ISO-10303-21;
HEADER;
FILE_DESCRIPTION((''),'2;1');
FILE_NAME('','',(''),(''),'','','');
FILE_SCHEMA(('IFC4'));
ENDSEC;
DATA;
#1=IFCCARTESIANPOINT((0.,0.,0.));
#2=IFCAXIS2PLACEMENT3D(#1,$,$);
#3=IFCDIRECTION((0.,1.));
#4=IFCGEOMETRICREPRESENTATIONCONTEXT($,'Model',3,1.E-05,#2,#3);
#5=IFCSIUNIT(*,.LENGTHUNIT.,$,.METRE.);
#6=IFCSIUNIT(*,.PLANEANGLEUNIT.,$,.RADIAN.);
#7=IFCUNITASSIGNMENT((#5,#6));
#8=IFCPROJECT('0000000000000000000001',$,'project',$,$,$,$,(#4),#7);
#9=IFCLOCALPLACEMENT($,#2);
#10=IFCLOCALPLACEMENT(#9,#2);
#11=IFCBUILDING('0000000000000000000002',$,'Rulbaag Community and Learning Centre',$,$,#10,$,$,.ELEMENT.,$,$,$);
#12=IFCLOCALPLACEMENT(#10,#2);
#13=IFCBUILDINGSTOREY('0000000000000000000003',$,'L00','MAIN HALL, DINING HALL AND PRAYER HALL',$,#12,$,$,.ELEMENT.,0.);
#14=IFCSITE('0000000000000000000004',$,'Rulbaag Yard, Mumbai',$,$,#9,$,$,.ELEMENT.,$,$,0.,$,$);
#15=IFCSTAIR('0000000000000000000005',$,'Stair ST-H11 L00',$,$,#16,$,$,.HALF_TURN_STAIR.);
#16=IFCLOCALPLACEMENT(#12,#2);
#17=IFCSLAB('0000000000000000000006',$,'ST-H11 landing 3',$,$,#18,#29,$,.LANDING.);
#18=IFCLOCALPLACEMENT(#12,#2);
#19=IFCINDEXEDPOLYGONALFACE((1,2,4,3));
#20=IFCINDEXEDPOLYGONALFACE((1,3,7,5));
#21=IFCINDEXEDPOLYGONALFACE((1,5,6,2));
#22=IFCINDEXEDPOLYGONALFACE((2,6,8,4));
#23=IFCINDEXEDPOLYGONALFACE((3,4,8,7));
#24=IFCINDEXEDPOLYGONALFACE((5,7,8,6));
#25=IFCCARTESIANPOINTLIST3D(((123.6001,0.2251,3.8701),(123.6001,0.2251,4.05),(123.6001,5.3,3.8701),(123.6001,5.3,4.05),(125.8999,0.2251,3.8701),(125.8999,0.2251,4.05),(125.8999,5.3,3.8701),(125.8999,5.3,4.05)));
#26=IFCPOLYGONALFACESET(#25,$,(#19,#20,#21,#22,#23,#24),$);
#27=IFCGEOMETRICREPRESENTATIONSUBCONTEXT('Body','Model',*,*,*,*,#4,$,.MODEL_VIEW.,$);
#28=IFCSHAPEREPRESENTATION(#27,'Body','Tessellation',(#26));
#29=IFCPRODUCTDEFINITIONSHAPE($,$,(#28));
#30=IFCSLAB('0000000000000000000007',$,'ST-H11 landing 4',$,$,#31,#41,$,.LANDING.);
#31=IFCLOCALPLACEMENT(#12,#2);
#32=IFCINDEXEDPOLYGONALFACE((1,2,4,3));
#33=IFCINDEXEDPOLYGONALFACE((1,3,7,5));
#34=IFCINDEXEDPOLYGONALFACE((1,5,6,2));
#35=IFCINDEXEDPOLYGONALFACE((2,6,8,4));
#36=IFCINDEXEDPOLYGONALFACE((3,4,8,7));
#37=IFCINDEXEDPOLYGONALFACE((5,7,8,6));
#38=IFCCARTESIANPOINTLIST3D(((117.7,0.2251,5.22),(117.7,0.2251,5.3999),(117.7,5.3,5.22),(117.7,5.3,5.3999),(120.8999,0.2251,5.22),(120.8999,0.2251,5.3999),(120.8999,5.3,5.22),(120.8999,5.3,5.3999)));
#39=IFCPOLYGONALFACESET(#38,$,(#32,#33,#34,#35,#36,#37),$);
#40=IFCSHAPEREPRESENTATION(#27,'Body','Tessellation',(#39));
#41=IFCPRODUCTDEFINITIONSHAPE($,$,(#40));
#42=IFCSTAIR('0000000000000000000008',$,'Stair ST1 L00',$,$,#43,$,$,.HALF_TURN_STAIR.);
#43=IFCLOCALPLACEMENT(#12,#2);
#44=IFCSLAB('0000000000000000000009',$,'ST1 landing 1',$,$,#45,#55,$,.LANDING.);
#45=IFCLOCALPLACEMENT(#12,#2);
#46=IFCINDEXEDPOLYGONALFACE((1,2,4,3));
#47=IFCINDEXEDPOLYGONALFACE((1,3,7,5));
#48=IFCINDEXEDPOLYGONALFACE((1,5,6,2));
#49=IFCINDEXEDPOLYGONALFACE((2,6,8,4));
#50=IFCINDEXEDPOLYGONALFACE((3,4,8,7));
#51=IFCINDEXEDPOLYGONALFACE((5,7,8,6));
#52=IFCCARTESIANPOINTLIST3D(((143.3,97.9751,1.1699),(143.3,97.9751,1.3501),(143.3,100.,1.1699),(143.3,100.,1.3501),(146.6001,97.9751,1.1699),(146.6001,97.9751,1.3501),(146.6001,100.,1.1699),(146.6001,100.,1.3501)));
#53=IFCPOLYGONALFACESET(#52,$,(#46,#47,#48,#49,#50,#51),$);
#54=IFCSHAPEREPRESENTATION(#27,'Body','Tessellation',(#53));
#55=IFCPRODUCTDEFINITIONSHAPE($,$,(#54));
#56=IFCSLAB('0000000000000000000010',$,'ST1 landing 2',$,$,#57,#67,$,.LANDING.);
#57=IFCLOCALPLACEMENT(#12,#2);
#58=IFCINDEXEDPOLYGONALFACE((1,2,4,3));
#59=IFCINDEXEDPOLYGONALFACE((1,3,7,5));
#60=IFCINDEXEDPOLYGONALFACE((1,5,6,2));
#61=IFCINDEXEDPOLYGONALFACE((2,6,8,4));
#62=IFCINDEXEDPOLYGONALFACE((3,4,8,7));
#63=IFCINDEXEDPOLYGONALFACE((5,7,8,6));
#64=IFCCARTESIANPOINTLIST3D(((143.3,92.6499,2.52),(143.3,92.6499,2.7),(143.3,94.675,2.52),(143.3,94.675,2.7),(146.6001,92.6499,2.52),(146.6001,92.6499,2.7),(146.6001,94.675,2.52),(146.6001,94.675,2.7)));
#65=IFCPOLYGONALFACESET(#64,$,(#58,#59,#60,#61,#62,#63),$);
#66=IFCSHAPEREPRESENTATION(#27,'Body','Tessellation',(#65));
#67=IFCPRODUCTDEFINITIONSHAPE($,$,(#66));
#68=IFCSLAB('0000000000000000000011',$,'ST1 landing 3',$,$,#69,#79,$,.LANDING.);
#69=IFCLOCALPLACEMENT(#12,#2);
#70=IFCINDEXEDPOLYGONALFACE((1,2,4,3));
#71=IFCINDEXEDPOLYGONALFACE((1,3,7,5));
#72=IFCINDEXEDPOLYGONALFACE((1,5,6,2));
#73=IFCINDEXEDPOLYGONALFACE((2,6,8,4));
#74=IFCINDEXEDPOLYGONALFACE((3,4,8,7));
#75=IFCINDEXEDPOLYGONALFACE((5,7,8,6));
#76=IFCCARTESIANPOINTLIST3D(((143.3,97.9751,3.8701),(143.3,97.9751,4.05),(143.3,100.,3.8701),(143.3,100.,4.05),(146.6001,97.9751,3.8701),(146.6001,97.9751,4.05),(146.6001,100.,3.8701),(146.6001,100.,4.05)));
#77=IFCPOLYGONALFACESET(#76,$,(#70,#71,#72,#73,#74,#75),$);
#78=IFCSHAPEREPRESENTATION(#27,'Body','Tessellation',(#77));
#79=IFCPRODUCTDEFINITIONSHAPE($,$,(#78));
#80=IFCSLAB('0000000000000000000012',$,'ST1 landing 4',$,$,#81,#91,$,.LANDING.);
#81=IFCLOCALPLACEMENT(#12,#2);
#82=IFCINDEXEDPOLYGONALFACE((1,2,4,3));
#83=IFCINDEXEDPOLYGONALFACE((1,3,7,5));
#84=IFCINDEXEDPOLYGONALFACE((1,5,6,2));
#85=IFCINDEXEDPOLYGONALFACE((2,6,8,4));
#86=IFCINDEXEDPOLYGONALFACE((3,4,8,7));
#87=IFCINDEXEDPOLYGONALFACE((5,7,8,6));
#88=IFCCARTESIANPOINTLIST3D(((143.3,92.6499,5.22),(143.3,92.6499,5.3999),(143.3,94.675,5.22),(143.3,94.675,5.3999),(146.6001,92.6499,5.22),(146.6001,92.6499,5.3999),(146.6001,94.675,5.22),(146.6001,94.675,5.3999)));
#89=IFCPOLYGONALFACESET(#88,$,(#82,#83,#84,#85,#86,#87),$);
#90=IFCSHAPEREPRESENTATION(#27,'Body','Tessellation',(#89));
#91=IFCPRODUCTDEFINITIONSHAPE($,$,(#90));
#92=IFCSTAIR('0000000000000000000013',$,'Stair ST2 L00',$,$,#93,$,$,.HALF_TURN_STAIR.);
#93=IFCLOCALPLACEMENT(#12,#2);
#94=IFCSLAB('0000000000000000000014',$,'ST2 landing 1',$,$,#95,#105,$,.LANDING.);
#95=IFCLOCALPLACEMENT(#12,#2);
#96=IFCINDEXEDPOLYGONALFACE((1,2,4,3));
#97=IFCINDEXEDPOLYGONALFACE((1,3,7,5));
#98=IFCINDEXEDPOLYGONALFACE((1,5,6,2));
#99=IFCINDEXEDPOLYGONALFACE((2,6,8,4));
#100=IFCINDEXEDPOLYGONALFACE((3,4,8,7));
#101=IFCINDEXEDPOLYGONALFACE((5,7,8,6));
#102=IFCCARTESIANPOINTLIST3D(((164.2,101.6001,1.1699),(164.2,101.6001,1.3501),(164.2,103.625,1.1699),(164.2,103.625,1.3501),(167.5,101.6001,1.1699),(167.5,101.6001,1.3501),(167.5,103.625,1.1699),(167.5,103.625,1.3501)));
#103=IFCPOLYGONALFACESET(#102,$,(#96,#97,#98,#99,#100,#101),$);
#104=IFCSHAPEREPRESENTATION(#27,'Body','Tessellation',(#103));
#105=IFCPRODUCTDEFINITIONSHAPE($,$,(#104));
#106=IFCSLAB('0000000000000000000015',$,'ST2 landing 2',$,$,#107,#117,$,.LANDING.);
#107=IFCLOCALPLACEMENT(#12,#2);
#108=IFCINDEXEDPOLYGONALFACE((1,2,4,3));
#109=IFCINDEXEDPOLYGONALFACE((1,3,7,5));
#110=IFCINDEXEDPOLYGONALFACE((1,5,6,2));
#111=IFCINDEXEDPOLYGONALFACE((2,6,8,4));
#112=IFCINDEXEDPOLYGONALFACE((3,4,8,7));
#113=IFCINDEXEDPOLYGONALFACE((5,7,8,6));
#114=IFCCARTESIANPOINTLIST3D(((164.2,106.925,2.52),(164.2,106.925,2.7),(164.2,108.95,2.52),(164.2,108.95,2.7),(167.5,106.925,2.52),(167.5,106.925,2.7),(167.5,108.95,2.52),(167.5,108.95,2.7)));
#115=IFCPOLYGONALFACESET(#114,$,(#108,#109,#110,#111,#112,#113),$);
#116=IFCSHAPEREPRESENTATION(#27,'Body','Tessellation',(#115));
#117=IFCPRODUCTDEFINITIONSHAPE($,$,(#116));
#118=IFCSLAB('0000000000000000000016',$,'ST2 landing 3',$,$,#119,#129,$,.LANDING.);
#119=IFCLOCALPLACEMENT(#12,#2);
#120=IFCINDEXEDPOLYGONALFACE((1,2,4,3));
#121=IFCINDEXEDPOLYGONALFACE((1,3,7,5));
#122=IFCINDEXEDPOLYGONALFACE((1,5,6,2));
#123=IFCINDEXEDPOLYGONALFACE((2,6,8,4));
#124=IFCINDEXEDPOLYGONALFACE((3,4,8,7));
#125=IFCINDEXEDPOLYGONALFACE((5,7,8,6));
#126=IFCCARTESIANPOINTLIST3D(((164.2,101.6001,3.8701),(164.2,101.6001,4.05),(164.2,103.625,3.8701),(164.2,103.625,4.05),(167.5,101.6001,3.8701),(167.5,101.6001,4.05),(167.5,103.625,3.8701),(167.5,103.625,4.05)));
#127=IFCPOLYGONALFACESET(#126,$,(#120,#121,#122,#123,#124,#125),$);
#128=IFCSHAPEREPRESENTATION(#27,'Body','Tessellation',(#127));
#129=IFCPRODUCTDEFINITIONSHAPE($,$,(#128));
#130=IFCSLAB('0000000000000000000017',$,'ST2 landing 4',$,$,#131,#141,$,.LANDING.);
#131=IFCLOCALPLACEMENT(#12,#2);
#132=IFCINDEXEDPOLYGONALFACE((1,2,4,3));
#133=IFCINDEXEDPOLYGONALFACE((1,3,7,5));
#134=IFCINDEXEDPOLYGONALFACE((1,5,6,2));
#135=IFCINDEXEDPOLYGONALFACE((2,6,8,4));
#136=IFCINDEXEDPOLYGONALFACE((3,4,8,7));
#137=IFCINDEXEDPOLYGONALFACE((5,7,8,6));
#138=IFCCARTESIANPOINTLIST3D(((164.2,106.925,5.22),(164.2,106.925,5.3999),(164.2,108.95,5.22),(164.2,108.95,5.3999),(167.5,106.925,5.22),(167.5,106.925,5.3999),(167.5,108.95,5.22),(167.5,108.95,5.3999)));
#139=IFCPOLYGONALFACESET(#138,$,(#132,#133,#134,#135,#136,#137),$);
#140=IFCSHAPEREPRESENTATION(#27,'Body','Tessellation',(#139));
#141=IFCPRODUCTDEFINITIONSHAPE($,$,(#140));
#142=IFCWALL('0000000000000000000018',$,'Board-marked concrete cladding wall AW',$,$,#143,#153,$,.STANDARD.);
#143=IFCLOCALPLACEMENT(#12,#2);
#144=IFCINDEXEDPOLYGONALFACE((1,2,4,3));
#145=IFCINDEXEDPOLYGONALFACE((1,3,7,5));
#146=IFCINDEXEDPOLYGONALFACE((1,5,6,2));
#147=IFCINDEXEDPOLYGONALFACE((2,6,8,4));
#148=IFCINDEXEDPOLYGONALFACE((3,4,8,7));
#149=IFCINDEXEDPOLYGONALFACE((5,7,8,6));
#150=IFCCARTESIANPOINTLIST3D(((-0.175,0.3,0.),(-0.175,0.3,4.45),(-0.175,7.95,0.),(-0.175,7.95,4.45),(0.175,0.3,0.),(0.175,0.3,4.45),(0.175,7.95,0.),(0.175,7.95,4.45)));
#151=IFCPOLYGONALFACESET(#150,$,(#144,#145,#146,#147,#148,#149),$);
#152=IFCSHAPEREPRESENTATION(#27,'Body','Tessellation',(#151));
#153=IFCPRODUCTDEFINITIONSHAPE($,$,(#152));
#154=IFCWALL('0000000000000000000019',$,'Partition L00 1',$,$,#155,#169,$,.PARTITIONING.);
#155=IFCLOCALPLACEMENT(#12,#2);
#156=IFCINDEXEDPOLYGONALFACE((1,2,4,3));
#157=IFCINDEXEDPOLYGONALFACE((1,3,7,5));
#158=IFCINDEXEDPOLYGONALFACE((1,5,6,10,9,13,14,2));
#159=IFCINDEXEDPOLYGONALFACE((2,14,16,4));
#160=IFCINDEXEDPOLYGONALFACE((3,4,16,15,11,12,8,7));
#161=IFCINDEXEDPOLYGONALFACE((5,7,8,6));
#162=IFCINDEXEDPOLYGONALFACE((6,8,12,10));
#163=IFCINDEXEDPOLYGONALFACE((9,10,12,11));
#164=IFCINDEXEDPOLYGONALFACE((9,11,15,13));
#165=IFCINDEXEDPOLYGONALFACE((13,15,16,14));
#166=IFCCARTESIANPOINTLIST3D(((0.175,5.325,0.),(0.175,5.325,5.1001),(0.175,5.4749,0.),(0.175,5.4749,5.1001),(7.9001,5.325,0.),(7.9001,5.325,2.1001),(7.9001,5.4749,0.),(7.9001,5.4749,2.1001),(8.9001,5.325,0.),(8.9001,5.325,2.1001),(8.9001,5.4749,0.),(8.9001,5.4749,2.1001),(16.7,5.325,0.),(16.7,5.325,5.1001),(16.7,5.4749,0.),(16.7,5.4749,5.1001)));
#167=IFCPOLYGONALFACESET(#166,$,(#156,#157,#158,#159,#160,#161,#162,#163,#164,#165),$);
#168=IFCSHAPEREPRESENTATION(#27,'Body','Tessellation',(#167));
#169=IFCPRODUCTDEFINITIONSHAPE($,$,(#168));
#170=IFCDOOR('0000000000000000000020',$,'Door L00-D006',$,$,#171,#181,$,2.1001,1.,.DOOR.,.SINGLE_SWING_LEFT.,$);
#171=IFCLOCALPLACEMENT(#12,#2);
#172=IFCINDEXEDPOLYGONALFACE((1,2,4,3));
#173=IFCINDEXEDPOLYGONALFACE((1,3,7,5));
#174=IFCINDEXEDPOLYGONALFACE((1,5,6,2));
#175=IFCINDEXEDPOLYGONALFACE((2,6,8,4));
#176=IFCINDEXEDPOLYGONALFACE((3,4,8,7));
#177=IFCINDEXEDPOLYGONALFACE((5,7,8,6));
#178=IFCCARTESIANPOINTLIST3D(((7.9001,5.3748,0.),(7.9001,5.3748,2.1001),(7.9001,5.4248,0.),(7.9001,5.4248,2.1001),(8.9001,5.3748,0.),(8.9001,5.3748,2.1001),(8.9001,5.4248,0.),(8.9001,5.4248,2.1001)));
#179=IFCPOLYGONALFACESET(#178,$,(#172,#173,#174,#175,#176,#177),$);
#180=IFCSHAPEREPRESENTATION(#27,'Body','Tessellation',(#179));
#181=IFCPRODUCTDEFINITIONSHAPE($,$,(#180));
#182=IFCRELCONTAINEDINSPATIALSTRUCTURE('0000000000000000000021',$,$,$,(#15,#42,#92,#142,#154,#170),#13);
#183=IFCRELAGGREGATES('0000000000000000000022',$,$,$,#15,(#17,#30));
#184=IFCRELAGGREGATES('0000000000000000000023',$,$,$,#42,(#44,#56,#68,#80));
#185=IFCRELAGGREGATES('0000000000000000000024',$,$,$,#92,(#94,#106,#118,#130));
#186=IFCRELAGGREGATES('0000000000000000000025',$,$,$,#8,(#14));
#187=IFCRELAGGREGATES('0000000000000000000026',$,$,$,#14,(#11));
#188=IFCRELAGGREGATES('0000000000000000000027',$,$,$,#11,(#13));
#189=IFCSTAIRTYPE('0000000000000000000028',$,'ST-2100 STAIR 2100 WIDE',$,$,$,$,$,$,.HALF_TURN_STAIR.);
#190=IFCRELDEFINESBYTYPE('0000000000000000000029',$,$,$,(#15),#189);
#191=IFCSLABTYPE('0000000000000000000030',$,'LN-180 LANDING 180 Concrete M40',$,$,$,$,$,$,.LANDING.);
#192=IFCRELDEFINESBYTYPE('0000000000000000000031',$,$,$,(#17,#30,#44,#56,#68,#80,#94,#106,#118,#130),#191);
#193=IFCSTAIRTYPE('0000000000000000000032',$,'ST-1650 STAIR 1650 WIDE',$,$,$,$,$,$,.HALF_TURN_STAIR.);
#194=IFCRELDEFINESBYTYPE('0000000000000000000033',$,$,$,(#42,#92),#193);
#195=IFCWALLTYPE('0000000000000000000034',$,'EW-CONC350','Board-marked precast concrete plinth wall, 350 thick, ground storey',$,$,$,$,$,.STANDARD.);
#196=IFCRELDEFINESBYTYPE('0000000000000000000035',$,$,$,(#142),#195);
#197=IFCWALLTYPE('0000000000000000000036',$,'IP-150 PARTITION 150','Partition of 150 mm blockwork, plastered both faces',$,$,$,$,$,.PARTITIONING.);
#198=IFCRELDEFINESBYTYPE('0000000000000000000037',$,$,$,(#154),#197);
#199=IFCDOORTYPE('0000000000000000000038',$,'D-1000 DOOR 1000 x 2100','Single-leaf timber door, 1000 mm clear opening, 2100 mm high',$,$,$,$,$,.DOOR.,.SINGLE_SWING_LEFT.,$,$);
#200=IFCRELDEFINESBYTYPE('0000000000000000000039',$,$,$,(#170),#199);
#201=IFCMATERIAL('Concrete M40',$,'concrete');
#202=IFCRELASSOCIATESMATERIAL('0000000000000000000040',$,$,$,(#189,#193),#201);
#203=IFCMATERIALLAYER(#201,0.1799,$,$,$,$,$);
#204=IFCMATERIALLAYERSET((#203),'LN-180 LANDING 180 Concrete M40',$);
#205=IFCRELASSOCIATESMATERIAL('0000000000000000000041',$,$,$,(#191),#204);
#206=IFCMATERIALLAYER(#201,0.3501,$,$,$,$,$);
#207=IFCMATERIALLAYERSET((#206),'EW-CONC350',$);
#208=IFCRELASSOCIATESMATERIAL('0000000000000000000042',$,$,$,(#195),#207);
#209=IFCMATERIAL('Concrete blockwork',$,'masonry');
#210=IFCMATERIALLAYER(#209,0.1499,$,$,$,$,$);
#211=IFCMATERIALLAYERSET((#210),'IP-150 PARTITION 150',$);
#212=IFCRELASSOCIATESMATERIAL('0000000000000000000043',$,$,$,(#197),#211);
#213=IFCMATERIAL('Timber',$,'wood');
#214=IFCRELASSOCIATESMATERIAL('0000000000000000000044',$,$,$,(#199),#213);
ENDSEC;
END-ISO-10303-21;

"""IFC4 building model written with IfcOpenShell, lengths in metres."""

from ifc_helpers import new_model, si_unit, direction, frame, frame_2d, origin, place, context, subcontext, project, spatial, polyline, rectangle, outline, extrude, material, layer, layer_set, type_object, element, fill, aggregate, save


model = new_model("IFC4")

# Units and contexts
model_context = context("Model", 3, precision=1e-05, world=origin(), true_north=direction((0.0, 1.0)))
body_context = subcontext(model_context, "Body", "Model", "MODEL_VIEW")
ifc_project = project(units=[si_unit("LENGTHUNIT", "METRE"), si_unit("PLANEANGLEUNIT", "RADIAN")], contexts=[model_context])

# Site, building, storey
site_placement = place(None, origin())
site = spatial("IfcSite", under=ifc_project, at=site_placement, Name="Rulbaag Yard, Mumbai", CompositionType="ELEMENT", RefElevation=0.0)
building_placement = place(site_placement, origin())
building = spatial("IfcBuilding", under=site, at=building_placement, Name="Rulbaag Community and Learning Centre", CompositionType="ELEMENT")
storey_placement = place(building_placement, origin())
storey = spatial("IfcBuildingStorey", under=building, at=storey_placement, Name="L00", Description="MAIN HALL, DINING HALL AND PRAYER HALL", CompositionType="ELEMENT", Elevation=0.0)

# Stairs, slabs
ifc_material_1 = material(Name="Concrete M40", Category="concrete")
stair_type_1 = type_object("IfcStairType", Name="ST-2100 STAIR 2100 WIDE", PredefinedType="HALF_TURN_STAIR", material=ifc_material_1)
stair_1_placement = place(storey_placement, origin())
stair_1 = element("IfcStair", 1, at=stair_1_placement, inside=storey, type_object=stair_type_1, Name="Stair ST-H11 L00", PredefinedType="HALF_TURN_STAIR")
ifc_layer_1 = layer(ifc_material_1, 0.1799)
ifc_layer_set_1 = layer_set([ifc_layer_1], Name="LN-180 LANDING 180 Concrete M40")
slab_type = type_object("IfcSlabType", Name="LN-180 LANDING 180 Concrete M40", PredefinedType="LANDING", material=ifc_layer_set_1)
slab_1_placement = place(storey_placement, frame((0.0, 0.0, 3.8701)))
slab_1 = element("IfcSlab", 2, at=slab_1_placement, type_object=slab_type, Name="ST-H11 landing 3", PredefinedType="LANDING", context=body_context, shape_type="SweptSolid", body=[
    extrude(outline(polyline([(123.6001, 0.2251), (125.8999, 0.2251), (125.8999, 5.3), (123.6001, 5.3), (123.6001, 0.2251)])), origin(), (0.0, 0.0, 1.0), 0.1799),
])
slab_2_placement = place(storey_placement, frame((0.0, 0.0, 5.22)))
slab_2 = element("IfcSlab", 3, at=slab_2_placement, type_object=slab_type, Name="ST-H11 landing 4", PredefinedType="LANDING", context=body_context, shape_type="SweptSolid", body=[
    extrude(outline(polyline([(117.7, 0.2251), (120.8999, 0.2251), (120.8999, 5.3), (117.7, 5.3), (117.7, 0.2251)])), origin(), (0.0, 0.0, 1.0), 0.1799),
])
aggregate(stair_1, [slab_1, slab_2])
stair_type_2 = type_object("IfcStairType", Name="ST-1650 STAIR 1650 WIDE", PredefinedType="HALF_TURN_STAIR", material=ifc_material_1)
stair_2_placement = place(storey_placement, origin())
stair_2 = element("IfcStair", 4, at=stair_2_placement, inside=storey, type_object=stair_type_2, Name="Stair ST1 L00", PredefinedType="HALF_TURN_STAIR")
slab_3_placement = place(storey_placement, frame((0.0, 0.0, 1.1699)))
slab_3 = element("IfcSlab", 5, at=slab_3_placement, type_object=slab_type, Name="ST1 landing 1", PredefinedType="LANDING", context=body_context, shape_type="SweptSolid", body=[
    extrude(outline(polyline([(143.3, 97.9751), (143.3, 100.0), (146.6001, 100.0), (146.6001, 97.9751), (143.3, 97.9751)])), origin(), (0.0, 0.0, 1.0), 0.1802),
])
slab_4_placement = place(storey_placement, frame((0.0, 0.0, 2.52)))
slab_4 = element("IfcSlab", 6, at=slab_4_placement, type_object=slab_type, Name="ST1 landing 2", PredefinedType="LANDING", context=body_context, shape_type="SweptSolid", body=[
    extrude(outline(polyline([(143.3, 92.6499), (143.3, 94.675), (146.6001, 94.675), (146.6001, 92.6499), (143.3, 92.6499)])), origin(), (0.0, 0.0, 1.0), 0.1799),
])
slab_5_placement = place(storey_placement, frame((0.0, 0.0, 3.8701)))
slab_5 = element("IfcSlab", 7, at=slab_5_placement, type_object=slab_type, Name="ST1 landing 3", PredefinedType="LANDING", context=body_context, shape_type="SweptSolid", body=[
    extrude(outline(polyline([(143.3, 97.9751), (143.3, 100.0), (146.6001, 100.0), (146.6001, 97.9751), (143.3, 97.9751)])), origin(), (0.0, 0.0, 1.0), 0.1799),
])
slab_6_placement = place(storey_placement, frame((0.0, 0.0, 5.22)))
slab_6 = element("IfcSlab", 8, at=slab_6_placement, type_object=slab_type, Name="ST1 landing 4", PredefinedType="LANDING", context=body_context, shape_type="SweptSolid", body=[
    extrude(outline(polyline([(143.3, 92.6499), (143.3, 94.675), (146.6001, 94.675), (146.6001, 92.6499), (143.3, 92.6499)])), origin(), (0.0, 0.0, 1.0), 0.1799),
])
aggregate(stair_2, [slab_3, slab_4, slab_5, slab_6])
stair_3_placement = place(storey_placement, origin())
stair_3 = element("IfcStair", 9, at=stair_3_placement, inside=storey, type_object=stair_type_2, Name="Stair ST2 L00", PredefinedType="HALF_TURN_STAIR")
slab_7_placement = place(storey_placement, frame((0.0, 0.0, 1.1699)))
slab_7 = element("IfcSlab", 10, at=slab_7_placement, type_object=slab_type, Name="ST2 landing 1", PredefinedType="LANDING", context=body_context, shape_type="SweptSolid", body=[
    extrude(outline(polyline([(164.2, 101.6001), (164.2, 103.625), (167.5, 103.625), (167.5, 101.6001), (164.2, 101.6001)])), origin(), (0.0, 0.0, 1.0), 0.1802),
])
slab_8_placement = place(storey_placement, frame((0.0, 0.0, 2.52)))
slab_8 = element("IfcSlab", 11, at=slab_8_placement, type_object=slab_type, Name="ST2 landing 2", PredefinedType="LANDING", context=body_context, shape_type="SweptSolid", body=[
    extrude(outline(polyline([(164.2, 106.925), (164.2, 108.95), (167.5, 108.95), (167.5, 106.925), (164.2, 106.925)])), origin(), (0.0, 0.0, 1.0), 0.1799),
])
slab_9_placement = place(storey_placement, frame((0.0, 0.0, 3.8701)))
slab_9 = element("IfcSlab", 12, at=slab_9_placement, type_object=slab_type, Name="ST2 landing 3", PredefinedType="LANDING", context=body_context, shape_type="SweptSolid", body=[
    extrude(outline(polyline([(164.2, 101.6001), (164.2, 103.625), (167.5, 103.625), (167.5, 101.6001), (164.2, 101.6001)])), origin(), (0.0, 0.0, 1.0), 0.1799),
])
slab_10_placement = place(storey_placement, frame((0.0, 0.0, 5.22)))
slab_10 = element("IfcSlab", 13, at=slab_10_placement, type_object=slab_type, Name="ST2 landing 4", PredefinedType="LANDING", context=body_context, shape_type="SweptSolid", body=[
    extrude(outline(polyline([(164.2, 106.925), (164.2, 108.95), (167.5, 108.95), (167.5, 106.925), (164.2, 106.925)])), origin(), (0.0, 0.0, 1.0), 0.1799),
])
aggregate(stair_3, [slab_7, slab_8, slab_9, slab_10])

# Wall
ifc_layer_2 = layer(ifc_material_1, 0.3501)
ifc_layer_set_2 = layer_set([ifc_layer_2], Name="EW-CONC350")
wall_type_1 = type_object("IfcWallType", Name="EW-CONC350", Description="Board-marked precast concrete plinth wall, 350 thick, ground storey", PredefinedType="STANDARD", material=ifc_layer_set_2)
wall_1_placement = place(storey_placement, frame((0.0, 0.3, 0.0), z_axis=(0.0, 0.0, 1.0), x_axis=(0.0, 1.0, 0.0)))
element("IfcWall", 14, at=wall_1_placement, inside=storey, type_object=wall_type_1, Name="Board-marked concrete cladding wall AW", PredefinedType="STANDARD", context=body_context, shape_type="SweptSolid", body=[
    extrude(rectangle(XDim=7.6499, YDim=0.3501, at=frame_2d((3.825, 0.0))), origin(), (0.0, 0.0, 1.0), 4.45),
])

# Wall, opening, door
ifc_material_2 = material(Name="Concrete blockwork", Category="masonry")
ifc_layer_3 = layer(ifc_material_2, 0.1499)
ifc_layer_set_3 = layer_set([ifc_layer_3], Name="IP-150 PARTITION 150")
wall_type_2 = type_object("IfcWallType", Name="IP-150 PARTITION 150", Description="Partition of 150 mm blockwork, plastered both faces", PredefinedType="PARTITIONING", material=ifc_layer_set_3)
wall_2_placement = place(storey_placement, frame((0.175, 5.3999, 0.0), z_axis=(0.0, 0.0, 1.0), x_axis=(1.0, 0.0, 0.0)))
wall_2 = element("IfcWall", 15, at=wall_2_placement, inside=storey, type_object=wall_type_2, Name="Partition L00 1", PredefinedType="PARTITIONING", context=body_context, shape_type="SweptSolid", body=[
    extrude(rectangle(XDim=16.5249, YDim=0.1499, at=frame_2d((8.2625, 0.0))), origin(), (0.0, 0.0, 1.0), 5.1001),
])
opening_1_placement = place(wall_2_placement, frame((7.7251, 0.0, 0.0)))
opening_1 = element("IfcOpeningElement", 16, at=opening_1_placement, cuts=wall_2, PredefinedType="OPENING", context=body_context, shape_type="SweptSolid", body=[
    extrude(rectangle(XDim=1.0, YDim=2.1001, at=frame_2d((0.5, 1.05))), frame((0.0, 0.085, 0.0), z_axis=(0.0, -1.0, 0.0), x_axis=(1.0, 0.0, 0.0)), (0.0, 0.0, 1.0), 0.1699),
])
ifc_material_3 = material(Name="Timber", Category="wood")
door_type_1 = type_object("IfcDoorType", Name="D-1000 DOOR 1000 x 2100", Description="Single-leaf timber door, 1000 mm clear opening, 2100 mm high", OperationType="SINGLE_SWING_LEFT", PredefinedType="DOOR", material=ifc_material_3)
door_1_placement = place(opening_1_placement, origin())
door_1 = element("IfcDoor", 17, at=door_1_placement, inside=storey, type_object=door_type_1, Name="Door L00-D006", OperationType="SINGLE_SWING_LEFT", OverallHeight=2.1001, OverallWidth=1.0, PredefinedType="DOOR", context=body_context, shape_type="SweptSolid", body=[
    extrude(rectangle(XDim=1.0, YDim=2.1001, at=frame_2d((0.5, 1.05))), frame((0.0, 0.0249, 0.0), z_axis=(0.0, -1.0, 0.0), x_axis=(1.0, 0.0, 0.0)), (0.0, 0.0, 1.0), 0.05),
])
fill(opening_1, door_1)

save(model, "model.ifc")
